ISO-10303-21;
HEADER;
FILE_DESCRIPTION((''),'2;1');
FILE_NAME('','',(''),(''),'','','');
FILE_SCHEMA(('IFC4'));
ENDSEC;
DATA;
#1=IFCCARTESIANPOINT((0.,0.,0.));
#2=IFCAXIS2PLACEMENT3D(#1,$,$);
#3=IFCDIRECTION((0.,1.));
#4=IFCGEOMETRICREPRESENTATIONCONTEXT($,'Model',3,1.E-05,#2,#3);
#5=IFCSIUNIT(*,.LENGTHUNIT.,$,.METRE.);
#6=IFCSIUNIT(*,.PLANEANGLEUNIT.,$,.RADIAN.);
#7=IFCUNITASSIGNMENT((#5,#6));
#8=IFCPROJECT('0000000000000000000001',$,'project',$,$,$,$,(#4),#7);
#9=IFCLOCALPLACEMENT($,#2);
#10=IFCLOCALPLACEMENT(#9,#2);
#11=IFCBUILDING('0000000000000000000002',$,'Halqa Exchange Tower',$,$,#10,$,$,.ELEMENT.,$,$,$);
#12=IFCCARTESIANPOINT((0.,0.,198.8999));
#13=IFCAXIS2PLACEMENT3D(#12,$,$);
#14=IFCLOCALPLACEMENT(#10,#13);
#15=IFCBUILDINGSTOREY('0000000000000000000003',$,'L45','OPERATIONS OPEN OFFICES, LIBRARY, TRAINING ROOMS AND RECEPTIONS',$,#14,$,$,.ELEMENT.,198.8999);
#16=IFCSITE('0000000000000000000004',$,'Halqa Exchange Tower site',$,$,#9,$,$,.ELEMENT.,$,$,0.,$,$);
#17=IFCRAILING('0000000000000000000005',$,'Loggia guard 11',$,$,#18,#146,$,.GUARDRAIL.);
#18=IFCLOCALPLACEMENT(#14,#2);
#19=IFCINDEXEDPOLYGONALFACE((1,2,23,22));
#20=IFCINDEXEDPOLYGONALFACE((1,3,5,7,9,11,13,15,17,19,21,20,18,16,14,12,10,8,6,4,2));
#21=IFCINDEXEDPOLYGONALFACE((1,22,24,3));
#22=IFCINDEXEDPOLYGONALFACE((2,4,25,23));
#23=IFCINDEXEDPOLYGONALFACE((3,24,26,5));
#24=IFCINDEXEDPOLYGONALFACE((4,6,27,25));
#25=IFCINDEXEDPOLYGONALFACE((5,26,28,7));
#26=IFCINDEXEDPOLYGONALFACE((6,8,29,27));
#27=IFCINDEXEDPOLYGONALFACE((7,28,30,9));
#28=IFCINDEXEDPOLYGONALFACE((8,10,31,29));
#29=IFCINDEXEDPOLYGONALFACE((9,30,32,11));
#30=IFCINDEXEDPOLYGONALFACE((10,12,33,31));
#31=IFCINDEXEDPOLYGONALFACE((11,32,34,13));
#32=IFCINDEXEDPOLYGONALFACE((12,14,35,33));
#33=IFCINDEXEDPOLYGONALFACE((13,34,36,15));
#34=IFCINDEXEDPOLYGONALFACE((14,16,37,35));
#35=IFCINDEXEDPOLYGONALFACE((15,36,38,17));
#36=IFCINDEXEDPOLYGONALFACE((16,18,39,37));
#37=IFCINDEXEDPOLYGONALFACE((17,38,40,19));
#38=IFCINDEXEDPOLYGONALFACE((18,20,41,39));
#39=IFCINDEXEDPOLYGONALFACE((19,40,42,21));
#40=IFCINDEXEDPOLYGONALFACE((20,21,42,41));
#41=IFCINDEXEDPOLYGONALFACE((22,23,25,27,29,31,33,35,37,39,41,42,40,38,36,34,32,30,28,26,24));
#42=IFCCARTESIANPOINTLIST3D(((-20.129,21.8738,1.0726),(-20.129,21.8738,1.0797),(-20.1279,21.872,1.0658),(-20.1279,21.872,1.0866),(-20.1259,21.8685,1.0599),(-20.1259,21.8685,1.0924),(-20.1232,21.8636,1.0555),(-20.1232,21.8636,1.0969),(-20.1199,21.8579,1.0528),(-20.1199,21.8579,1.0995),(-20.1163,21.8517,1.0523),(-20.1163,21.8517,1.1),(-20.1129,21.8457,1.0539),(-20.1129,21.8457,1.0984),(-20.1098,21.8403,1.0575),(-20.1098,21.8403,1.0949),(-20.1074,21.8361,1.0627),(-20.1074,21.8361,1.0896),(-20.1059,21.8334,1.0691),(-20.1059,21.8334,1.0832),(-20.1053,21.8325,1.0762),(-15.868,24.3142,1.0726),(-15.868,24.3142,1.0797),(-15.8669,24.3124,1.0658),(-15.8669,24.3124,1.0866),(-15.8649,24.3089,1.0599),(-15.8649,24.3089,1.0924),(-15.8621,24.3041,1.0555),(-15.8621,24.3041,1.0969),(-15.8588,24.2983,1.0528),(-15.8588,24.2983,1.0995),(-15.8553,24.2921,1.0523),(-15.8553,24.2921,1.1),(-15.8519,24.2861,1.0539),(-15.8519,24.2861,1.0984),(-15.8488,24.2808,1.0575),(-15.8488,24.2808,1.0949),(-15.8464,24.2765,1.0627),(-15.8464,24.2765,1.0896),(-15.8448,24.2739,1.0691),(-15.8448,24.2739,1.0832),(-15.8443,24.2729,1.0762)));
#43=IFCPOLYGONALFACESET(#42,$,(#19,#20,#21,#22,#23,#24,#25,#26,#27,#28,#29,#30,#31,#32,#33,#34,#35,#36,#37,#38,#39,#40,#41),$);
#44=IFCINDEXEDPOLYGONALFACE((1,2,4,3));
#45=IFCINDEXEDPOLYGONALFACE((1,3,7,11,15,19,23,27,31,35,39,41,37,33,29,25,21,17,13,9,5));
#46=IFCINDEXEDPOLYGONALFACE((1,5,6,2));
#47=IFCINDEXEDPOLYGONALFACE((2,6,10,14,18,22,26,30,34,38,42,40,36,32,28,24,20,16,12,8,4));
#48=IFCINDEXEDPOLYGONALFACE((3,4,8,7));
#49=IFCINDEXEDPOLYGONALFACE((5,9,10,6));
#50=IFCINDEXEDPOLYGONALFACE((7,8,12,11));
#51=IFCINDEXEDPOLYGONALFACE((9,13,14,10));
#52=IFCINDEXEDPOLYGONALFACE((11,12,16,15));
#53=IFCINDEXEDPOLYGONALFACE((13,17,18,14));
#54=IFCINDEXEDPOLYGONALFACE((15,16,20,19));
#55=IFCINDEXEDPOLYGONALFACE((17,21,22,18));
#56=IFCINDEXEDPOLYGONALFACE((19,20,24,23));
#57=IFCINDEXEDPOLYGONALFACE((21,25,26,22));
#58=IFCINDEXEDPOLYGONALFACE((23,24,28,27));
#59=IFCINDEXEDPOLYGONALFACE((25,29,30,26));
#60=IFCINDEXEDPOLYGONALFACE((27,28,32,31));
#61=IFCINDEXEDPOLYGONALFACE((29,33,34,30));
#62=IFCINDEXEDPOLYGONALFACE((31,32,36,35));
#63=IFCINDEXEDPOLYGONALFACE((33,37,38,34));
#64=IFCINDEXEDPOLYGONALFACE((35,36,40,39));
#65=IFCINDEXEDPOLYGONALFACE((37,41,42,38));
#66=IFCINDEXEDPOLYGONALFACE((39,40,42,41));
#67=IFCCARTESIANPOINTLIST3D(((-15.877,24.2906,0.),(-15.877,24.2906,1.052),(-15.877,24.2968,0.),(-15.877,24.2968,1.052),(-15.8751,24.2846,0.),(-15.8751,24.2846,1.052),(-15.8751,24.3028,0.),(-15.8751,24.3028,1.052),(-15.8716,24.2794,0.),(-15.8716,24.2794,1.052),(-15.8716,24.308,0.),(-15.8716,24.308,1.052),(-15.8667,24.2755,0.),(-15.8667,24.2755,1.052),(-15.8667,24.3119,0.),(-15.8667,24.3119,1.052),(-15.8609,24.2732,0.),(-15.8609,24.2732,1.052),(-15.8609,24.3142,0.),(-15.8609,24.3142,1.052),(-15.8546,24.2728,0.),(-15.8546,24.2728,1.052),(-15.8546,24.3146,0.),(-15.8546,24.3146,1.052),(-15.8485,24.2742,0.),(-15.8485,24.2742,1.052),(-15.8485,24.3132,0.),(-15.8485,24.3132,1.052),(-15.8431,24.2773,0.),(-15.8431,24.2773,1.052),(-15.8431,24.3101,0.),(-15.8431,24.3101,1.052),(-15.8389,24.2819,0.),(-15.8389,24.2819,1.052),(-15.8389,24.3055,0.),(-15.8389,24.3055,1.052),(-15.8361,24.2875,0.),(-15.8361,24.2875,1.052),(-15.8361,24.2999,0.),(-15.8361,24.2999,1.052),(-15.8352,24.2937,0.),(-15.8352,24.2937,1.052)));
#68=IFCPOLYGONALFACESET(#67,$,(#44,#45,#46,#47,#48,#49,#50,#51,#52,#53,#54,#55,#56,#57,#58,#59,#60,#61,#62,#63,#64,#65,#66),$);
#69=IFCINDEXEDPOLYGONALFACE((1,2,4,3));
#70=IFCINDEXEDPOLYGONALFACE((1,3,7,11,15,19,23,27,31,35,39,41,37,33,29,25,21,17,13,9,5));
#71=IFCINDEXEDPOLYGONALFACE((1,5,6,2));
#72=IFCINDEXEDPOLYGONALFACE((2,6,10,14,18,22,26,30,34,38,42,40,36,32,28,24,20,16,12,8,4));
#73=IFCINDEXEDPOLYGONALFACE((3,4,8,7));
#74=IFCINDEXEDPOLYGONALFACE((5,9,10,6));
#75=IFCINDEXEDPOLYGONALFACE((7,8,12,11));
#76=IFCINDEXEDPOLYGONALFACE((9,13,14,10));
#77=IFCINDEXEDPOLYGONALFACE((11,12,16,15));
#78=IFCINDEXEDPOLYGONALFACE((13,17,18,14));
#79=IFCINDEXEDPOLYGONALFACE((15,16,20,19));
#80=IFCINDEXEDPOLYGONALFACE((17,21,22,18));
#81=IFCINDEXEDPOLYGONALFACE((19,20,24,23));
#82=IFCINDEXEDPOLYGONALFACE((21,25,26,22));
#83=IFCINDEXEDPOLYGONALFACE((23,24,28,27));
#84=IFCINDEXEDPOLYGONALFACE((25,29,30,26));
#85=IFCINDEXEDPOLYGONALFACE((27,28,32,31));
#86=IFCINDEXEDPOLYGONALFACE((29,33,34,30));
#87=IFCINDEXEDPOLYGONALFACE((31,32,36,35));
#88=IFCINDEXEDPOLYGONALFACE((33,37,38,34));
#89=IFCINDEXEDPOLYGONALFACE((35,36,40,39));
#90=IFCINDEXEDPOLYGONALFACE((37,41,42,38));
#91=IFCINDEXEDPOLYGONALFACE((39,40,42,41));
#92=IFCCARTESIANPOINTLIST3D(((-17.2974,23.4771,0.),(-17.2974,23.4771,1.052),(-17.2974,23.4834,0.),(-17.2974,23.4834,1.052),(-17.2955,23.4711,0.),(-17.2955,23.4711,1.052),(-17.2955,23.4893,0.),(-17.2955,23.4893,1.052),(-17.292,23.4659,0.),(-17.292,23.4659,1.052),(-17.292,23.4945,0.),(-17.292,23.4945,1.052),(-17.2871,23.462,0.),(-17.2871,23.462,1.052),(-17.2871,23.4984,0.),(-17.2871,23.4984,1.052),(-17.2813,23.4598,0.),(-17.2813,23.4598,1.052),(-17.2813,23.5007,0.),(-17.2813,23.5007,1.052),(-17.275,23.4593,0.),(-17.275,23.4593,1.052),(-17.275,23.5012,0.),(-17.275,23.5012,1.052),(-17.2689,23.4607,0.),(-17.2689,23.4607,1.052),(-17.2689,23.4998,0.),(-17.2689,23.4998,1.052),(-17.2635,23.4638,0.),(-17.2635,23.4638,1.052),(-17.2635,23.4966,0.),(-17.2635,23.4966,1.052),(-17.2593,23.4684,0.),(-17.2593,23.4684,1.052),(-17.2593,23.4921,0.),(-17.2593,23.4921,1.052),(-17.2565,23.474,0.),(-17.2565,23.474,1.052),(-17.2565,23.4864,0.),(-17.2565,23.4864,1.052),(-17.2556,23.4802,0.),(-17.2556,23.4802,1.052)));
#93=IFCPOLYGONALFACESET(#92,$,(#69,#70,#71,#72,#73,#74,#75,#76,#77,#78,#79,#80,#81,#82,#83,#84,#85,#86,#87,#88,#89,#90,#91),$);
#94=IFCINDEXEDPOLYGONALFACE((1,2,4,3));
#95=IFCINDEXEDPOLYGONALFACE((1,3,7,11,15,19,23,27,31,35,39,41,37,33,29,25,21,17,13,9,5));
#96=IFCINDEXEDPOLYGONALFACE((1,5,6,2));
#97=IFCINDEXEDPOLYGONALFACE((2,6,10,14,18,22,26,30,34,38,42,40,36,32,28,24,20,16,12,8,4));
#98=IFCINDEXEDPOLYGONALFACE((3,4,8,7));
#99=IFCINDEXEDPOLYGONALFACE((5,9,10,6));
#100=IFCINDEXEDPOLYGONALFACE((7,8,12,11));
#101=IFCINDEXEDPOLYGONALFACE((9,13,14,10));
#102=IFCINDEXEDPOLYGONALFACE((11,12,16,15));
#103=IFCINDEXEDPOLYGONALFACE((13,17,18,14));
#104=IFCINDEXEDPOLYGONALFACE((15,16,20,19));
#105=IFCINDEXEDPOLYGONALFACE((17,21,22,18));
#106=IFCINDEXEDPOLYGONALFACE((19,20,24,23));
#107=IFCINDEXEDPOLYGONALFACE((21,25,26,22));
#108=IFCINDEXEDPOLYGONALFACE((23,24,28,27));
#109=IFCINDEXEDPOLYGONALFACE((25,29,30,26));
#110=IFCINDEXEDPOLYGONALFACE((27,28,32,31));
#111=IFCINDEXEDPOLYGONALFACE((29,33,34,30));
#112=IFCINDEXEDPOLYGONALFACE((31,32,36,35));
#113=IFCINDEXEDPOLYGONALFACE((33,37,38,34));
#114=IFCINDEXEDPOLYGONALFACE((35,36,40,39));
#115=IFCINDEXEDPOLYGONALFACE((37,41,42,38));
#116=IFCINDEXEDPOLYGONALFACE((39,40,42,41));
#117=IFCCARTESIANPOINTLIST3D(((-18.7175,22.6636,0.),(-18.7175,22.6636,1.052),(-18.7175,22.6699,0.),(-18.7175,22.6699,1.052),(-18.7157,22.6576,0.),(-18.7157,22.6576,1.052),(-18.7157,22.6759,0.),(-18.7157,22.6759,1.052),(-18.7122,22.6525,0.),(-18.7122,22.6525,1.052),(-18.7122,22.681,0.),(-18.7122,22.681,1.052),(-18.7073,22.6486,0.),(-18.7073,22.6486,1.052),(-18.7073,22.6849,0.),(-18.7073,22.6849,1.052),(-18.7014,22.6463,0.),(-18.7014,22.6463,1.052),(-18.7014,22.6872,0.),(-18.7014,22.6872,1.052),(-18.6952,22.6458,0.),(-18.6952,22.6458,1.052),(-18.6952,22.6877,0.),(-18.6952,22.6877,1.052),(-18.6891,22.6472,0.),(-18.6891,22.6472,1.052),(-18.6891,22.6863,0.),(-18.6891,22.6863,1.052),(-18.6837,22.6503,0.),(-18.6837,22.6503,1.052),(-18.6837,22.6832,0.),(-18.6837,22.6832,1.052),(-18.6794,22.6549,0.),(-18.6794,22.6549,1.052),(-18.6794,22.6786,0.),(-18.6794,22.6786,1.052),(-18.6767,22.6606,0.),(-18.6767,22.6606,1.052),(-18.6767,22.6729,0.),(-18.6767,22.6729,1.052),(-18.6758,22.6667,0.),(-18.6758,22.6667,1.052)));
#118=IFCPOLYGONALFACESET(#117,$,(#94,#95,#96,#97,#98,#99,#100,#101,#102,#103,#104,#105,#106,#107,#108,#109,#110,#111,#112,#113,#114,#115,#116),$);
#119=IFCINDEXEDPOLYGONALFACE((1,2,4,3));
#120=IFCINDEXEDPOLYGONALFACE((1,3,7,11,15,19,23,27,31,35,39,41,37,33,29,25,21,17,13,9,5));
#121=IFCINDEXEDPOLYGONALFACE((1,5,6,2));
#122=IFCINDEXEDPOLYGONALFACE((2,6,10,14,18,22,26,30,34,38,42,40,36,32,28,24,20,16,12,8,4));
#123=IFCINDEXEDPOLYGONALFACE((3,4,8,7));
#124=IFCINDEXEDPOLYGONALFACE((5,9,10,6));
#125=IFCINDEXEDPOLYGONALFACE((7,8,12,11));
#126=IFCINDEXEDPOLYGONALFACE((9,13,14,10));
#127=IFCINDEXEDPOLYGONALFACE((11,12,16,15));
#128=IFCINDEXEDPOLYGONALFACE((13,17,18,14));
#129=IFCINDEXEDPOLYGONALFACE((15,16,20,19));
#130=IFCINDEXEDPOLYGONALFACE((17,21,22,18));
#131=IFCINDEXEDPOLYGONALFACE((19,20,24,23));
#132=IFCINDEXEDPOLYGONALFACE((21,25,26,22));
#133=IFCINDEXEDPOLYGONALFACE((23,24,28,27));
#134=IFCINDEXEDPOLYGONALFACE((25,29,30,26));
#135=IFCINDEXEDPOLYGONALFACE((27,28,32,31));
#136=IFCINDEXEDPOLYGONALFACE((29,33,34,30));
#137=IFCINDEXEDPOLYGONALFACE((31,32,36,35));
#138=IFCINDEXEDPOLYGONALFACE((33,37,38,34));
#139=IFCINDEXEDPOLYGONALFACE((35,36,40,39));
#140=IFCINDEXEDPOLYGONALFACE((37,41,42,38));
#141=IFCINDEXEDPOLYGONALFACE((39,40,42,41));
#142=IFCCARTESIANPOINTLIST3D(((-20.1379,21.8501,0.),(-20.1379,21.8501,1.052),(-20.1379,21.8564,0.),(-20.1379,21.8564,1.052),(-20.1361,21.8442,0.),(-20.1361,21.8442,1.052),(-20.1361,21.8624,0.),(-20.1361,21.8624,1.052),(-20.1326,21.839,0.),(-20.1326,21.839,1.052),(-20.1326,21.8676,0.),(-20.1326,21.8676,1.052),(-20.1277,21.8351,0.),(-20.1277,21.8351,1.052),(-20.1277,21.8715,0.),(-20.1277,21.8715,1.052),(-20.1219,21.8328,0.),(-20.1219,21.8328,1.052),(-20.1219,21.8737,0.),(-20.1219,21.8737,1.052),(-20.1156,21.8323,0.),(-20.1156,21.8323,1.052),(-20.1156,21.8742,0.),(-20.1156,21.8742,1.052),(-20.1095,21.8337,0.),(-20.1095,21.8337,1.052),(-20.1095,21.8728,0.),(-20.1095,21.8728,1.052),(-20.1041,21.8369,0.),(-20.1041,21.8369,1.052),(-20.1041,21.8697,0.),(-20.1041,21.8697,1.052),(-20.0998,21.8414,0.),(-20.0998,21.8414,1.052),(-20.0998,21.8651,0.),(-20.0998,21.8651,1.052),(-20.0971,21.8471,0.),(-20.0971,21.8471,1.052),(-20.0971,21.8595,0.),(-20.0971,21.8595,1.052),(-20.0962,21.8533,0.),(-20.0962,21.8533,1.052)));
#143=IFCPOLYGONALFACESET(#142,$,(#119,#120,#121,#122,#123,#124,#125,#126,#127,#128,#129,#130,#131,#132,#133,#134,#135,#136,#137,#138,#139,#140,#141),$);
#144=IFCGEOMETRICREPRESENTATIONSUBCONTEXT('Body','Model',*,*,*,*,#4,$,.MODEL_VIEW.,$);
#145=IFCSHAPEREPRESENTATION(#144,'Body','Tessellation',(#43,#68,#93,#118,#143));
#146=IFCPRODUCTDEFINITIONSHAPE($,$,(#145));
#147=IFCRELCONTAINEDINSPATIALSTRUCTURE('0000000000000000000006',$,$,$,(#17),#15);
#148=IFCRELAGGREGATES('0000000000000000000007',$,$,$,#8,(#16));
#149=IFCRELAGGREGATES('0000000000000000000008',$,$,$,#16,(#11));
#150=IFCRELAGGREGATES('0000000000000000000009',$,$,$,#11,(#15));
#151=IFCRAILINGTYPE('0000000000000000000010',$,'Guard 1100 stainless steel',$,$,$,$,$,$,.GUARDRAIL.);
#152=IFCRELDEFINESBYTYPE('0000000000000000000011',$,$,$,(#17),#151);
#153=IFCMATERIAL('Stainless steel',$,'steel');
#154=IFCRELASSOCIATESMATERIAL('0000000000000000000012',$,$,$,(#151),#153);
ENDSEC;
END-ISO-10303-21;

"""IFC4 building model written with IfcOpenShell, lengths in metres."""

from ifc_helpers import new_model, si_unit, direction, frame, origin, origin_2d, place, context, subcontext, project, spatial, circle, extrude, material, type_object, element, save


model = new_model("IFC4")

# Units and contexts
model_context = context("Model", 3, precision=1e-05, world=origin(), true_north=direction((0.0, 1.0)))
body_context = subcontext(model_context, "Body", "Model", "MODEL_VIEW")
ifc_project = project(units=[si_unit("LENGTHUNIT", "METRE"), si_unit("PLANEANGLEUNIT", "RADIAN")], contexts=[model_context])

# Site, building, storey
site_placement = place(None, origin())
site = spatial("IfcSite", under=ifc_project, at=site_placement, Name="Halqa Exchange Tower site", CompositionType="ELEMENT", RefElevation=0.0)
building_placement = place(site_placement, origin())
building = spatial("IfcBuilding", under=site, at=building_placement, Name="Halqa Exchange Tower", CompositionType="ELEMENT")
storey_placement = place(building_placement, frame((0.0, 0.0, 198.8999)))
storey = spatial("IfcBuildingStorey", under=building, at=storey_placement, Name="L45", Description="OPERATIONS OPEN OFFICES, LIBRARY, TRAINING ROOMS AND RECEPTIONS", CompositionType="ELEMENT", Elevation=198.8999)

# Railing
ifc_material_1 = material(Name="Stainless steel", Category="steel")
railing_type = type_object("IfcRailingType", Name="Guard 1100 stainless steel", PredefinedType="GUARDRAIL", material=ifc_material_1)
railing_1_placement = place(storey_placement, frame((-15.8562, 24.2937, 0.0)))
element("IfcRailing", 1, at=railing_1_placement, inside=storey, type_object=railing_type, Name="Loggia guard 11", PredefinedType="GUARDRAIL", context=body_context, shape_type="SweptSolid", body=[
    extrude(circle(Radius=0.0239, at=origin_2d()), frame((0.0, 0.0, 1.0762), z_axis=(-0.867753, -0.496995, 0.0), x_axis=(0.496995, -0.867753, 0.0)), (0.0, 0.0, 1.0), 4.9104),
    extrude(circle(Radius=0.021, at=origin_2d()), origin(), (0.0, 0.0, 1.0), 1.052),
    extrude(circle(Radius=0.021, at=origin_2d()), frame((-1.4204, -0.8135, 0.0)), (0.0, 0.0, 1.0), 1.052),
    extrude(circle(Radius=0.021, at=origin_2d()), frame((-2.8406, -1.627, 0.0)), (0.0, 0.0, 1.0), 1.052),
    extrude(circle(Radius=0.021, at=origin_2d()), frame((-4.261, -2.4404, 0.0)), (0.0, 0.0, 1.0), 1.052),
])

save(model, "model.ifc")
